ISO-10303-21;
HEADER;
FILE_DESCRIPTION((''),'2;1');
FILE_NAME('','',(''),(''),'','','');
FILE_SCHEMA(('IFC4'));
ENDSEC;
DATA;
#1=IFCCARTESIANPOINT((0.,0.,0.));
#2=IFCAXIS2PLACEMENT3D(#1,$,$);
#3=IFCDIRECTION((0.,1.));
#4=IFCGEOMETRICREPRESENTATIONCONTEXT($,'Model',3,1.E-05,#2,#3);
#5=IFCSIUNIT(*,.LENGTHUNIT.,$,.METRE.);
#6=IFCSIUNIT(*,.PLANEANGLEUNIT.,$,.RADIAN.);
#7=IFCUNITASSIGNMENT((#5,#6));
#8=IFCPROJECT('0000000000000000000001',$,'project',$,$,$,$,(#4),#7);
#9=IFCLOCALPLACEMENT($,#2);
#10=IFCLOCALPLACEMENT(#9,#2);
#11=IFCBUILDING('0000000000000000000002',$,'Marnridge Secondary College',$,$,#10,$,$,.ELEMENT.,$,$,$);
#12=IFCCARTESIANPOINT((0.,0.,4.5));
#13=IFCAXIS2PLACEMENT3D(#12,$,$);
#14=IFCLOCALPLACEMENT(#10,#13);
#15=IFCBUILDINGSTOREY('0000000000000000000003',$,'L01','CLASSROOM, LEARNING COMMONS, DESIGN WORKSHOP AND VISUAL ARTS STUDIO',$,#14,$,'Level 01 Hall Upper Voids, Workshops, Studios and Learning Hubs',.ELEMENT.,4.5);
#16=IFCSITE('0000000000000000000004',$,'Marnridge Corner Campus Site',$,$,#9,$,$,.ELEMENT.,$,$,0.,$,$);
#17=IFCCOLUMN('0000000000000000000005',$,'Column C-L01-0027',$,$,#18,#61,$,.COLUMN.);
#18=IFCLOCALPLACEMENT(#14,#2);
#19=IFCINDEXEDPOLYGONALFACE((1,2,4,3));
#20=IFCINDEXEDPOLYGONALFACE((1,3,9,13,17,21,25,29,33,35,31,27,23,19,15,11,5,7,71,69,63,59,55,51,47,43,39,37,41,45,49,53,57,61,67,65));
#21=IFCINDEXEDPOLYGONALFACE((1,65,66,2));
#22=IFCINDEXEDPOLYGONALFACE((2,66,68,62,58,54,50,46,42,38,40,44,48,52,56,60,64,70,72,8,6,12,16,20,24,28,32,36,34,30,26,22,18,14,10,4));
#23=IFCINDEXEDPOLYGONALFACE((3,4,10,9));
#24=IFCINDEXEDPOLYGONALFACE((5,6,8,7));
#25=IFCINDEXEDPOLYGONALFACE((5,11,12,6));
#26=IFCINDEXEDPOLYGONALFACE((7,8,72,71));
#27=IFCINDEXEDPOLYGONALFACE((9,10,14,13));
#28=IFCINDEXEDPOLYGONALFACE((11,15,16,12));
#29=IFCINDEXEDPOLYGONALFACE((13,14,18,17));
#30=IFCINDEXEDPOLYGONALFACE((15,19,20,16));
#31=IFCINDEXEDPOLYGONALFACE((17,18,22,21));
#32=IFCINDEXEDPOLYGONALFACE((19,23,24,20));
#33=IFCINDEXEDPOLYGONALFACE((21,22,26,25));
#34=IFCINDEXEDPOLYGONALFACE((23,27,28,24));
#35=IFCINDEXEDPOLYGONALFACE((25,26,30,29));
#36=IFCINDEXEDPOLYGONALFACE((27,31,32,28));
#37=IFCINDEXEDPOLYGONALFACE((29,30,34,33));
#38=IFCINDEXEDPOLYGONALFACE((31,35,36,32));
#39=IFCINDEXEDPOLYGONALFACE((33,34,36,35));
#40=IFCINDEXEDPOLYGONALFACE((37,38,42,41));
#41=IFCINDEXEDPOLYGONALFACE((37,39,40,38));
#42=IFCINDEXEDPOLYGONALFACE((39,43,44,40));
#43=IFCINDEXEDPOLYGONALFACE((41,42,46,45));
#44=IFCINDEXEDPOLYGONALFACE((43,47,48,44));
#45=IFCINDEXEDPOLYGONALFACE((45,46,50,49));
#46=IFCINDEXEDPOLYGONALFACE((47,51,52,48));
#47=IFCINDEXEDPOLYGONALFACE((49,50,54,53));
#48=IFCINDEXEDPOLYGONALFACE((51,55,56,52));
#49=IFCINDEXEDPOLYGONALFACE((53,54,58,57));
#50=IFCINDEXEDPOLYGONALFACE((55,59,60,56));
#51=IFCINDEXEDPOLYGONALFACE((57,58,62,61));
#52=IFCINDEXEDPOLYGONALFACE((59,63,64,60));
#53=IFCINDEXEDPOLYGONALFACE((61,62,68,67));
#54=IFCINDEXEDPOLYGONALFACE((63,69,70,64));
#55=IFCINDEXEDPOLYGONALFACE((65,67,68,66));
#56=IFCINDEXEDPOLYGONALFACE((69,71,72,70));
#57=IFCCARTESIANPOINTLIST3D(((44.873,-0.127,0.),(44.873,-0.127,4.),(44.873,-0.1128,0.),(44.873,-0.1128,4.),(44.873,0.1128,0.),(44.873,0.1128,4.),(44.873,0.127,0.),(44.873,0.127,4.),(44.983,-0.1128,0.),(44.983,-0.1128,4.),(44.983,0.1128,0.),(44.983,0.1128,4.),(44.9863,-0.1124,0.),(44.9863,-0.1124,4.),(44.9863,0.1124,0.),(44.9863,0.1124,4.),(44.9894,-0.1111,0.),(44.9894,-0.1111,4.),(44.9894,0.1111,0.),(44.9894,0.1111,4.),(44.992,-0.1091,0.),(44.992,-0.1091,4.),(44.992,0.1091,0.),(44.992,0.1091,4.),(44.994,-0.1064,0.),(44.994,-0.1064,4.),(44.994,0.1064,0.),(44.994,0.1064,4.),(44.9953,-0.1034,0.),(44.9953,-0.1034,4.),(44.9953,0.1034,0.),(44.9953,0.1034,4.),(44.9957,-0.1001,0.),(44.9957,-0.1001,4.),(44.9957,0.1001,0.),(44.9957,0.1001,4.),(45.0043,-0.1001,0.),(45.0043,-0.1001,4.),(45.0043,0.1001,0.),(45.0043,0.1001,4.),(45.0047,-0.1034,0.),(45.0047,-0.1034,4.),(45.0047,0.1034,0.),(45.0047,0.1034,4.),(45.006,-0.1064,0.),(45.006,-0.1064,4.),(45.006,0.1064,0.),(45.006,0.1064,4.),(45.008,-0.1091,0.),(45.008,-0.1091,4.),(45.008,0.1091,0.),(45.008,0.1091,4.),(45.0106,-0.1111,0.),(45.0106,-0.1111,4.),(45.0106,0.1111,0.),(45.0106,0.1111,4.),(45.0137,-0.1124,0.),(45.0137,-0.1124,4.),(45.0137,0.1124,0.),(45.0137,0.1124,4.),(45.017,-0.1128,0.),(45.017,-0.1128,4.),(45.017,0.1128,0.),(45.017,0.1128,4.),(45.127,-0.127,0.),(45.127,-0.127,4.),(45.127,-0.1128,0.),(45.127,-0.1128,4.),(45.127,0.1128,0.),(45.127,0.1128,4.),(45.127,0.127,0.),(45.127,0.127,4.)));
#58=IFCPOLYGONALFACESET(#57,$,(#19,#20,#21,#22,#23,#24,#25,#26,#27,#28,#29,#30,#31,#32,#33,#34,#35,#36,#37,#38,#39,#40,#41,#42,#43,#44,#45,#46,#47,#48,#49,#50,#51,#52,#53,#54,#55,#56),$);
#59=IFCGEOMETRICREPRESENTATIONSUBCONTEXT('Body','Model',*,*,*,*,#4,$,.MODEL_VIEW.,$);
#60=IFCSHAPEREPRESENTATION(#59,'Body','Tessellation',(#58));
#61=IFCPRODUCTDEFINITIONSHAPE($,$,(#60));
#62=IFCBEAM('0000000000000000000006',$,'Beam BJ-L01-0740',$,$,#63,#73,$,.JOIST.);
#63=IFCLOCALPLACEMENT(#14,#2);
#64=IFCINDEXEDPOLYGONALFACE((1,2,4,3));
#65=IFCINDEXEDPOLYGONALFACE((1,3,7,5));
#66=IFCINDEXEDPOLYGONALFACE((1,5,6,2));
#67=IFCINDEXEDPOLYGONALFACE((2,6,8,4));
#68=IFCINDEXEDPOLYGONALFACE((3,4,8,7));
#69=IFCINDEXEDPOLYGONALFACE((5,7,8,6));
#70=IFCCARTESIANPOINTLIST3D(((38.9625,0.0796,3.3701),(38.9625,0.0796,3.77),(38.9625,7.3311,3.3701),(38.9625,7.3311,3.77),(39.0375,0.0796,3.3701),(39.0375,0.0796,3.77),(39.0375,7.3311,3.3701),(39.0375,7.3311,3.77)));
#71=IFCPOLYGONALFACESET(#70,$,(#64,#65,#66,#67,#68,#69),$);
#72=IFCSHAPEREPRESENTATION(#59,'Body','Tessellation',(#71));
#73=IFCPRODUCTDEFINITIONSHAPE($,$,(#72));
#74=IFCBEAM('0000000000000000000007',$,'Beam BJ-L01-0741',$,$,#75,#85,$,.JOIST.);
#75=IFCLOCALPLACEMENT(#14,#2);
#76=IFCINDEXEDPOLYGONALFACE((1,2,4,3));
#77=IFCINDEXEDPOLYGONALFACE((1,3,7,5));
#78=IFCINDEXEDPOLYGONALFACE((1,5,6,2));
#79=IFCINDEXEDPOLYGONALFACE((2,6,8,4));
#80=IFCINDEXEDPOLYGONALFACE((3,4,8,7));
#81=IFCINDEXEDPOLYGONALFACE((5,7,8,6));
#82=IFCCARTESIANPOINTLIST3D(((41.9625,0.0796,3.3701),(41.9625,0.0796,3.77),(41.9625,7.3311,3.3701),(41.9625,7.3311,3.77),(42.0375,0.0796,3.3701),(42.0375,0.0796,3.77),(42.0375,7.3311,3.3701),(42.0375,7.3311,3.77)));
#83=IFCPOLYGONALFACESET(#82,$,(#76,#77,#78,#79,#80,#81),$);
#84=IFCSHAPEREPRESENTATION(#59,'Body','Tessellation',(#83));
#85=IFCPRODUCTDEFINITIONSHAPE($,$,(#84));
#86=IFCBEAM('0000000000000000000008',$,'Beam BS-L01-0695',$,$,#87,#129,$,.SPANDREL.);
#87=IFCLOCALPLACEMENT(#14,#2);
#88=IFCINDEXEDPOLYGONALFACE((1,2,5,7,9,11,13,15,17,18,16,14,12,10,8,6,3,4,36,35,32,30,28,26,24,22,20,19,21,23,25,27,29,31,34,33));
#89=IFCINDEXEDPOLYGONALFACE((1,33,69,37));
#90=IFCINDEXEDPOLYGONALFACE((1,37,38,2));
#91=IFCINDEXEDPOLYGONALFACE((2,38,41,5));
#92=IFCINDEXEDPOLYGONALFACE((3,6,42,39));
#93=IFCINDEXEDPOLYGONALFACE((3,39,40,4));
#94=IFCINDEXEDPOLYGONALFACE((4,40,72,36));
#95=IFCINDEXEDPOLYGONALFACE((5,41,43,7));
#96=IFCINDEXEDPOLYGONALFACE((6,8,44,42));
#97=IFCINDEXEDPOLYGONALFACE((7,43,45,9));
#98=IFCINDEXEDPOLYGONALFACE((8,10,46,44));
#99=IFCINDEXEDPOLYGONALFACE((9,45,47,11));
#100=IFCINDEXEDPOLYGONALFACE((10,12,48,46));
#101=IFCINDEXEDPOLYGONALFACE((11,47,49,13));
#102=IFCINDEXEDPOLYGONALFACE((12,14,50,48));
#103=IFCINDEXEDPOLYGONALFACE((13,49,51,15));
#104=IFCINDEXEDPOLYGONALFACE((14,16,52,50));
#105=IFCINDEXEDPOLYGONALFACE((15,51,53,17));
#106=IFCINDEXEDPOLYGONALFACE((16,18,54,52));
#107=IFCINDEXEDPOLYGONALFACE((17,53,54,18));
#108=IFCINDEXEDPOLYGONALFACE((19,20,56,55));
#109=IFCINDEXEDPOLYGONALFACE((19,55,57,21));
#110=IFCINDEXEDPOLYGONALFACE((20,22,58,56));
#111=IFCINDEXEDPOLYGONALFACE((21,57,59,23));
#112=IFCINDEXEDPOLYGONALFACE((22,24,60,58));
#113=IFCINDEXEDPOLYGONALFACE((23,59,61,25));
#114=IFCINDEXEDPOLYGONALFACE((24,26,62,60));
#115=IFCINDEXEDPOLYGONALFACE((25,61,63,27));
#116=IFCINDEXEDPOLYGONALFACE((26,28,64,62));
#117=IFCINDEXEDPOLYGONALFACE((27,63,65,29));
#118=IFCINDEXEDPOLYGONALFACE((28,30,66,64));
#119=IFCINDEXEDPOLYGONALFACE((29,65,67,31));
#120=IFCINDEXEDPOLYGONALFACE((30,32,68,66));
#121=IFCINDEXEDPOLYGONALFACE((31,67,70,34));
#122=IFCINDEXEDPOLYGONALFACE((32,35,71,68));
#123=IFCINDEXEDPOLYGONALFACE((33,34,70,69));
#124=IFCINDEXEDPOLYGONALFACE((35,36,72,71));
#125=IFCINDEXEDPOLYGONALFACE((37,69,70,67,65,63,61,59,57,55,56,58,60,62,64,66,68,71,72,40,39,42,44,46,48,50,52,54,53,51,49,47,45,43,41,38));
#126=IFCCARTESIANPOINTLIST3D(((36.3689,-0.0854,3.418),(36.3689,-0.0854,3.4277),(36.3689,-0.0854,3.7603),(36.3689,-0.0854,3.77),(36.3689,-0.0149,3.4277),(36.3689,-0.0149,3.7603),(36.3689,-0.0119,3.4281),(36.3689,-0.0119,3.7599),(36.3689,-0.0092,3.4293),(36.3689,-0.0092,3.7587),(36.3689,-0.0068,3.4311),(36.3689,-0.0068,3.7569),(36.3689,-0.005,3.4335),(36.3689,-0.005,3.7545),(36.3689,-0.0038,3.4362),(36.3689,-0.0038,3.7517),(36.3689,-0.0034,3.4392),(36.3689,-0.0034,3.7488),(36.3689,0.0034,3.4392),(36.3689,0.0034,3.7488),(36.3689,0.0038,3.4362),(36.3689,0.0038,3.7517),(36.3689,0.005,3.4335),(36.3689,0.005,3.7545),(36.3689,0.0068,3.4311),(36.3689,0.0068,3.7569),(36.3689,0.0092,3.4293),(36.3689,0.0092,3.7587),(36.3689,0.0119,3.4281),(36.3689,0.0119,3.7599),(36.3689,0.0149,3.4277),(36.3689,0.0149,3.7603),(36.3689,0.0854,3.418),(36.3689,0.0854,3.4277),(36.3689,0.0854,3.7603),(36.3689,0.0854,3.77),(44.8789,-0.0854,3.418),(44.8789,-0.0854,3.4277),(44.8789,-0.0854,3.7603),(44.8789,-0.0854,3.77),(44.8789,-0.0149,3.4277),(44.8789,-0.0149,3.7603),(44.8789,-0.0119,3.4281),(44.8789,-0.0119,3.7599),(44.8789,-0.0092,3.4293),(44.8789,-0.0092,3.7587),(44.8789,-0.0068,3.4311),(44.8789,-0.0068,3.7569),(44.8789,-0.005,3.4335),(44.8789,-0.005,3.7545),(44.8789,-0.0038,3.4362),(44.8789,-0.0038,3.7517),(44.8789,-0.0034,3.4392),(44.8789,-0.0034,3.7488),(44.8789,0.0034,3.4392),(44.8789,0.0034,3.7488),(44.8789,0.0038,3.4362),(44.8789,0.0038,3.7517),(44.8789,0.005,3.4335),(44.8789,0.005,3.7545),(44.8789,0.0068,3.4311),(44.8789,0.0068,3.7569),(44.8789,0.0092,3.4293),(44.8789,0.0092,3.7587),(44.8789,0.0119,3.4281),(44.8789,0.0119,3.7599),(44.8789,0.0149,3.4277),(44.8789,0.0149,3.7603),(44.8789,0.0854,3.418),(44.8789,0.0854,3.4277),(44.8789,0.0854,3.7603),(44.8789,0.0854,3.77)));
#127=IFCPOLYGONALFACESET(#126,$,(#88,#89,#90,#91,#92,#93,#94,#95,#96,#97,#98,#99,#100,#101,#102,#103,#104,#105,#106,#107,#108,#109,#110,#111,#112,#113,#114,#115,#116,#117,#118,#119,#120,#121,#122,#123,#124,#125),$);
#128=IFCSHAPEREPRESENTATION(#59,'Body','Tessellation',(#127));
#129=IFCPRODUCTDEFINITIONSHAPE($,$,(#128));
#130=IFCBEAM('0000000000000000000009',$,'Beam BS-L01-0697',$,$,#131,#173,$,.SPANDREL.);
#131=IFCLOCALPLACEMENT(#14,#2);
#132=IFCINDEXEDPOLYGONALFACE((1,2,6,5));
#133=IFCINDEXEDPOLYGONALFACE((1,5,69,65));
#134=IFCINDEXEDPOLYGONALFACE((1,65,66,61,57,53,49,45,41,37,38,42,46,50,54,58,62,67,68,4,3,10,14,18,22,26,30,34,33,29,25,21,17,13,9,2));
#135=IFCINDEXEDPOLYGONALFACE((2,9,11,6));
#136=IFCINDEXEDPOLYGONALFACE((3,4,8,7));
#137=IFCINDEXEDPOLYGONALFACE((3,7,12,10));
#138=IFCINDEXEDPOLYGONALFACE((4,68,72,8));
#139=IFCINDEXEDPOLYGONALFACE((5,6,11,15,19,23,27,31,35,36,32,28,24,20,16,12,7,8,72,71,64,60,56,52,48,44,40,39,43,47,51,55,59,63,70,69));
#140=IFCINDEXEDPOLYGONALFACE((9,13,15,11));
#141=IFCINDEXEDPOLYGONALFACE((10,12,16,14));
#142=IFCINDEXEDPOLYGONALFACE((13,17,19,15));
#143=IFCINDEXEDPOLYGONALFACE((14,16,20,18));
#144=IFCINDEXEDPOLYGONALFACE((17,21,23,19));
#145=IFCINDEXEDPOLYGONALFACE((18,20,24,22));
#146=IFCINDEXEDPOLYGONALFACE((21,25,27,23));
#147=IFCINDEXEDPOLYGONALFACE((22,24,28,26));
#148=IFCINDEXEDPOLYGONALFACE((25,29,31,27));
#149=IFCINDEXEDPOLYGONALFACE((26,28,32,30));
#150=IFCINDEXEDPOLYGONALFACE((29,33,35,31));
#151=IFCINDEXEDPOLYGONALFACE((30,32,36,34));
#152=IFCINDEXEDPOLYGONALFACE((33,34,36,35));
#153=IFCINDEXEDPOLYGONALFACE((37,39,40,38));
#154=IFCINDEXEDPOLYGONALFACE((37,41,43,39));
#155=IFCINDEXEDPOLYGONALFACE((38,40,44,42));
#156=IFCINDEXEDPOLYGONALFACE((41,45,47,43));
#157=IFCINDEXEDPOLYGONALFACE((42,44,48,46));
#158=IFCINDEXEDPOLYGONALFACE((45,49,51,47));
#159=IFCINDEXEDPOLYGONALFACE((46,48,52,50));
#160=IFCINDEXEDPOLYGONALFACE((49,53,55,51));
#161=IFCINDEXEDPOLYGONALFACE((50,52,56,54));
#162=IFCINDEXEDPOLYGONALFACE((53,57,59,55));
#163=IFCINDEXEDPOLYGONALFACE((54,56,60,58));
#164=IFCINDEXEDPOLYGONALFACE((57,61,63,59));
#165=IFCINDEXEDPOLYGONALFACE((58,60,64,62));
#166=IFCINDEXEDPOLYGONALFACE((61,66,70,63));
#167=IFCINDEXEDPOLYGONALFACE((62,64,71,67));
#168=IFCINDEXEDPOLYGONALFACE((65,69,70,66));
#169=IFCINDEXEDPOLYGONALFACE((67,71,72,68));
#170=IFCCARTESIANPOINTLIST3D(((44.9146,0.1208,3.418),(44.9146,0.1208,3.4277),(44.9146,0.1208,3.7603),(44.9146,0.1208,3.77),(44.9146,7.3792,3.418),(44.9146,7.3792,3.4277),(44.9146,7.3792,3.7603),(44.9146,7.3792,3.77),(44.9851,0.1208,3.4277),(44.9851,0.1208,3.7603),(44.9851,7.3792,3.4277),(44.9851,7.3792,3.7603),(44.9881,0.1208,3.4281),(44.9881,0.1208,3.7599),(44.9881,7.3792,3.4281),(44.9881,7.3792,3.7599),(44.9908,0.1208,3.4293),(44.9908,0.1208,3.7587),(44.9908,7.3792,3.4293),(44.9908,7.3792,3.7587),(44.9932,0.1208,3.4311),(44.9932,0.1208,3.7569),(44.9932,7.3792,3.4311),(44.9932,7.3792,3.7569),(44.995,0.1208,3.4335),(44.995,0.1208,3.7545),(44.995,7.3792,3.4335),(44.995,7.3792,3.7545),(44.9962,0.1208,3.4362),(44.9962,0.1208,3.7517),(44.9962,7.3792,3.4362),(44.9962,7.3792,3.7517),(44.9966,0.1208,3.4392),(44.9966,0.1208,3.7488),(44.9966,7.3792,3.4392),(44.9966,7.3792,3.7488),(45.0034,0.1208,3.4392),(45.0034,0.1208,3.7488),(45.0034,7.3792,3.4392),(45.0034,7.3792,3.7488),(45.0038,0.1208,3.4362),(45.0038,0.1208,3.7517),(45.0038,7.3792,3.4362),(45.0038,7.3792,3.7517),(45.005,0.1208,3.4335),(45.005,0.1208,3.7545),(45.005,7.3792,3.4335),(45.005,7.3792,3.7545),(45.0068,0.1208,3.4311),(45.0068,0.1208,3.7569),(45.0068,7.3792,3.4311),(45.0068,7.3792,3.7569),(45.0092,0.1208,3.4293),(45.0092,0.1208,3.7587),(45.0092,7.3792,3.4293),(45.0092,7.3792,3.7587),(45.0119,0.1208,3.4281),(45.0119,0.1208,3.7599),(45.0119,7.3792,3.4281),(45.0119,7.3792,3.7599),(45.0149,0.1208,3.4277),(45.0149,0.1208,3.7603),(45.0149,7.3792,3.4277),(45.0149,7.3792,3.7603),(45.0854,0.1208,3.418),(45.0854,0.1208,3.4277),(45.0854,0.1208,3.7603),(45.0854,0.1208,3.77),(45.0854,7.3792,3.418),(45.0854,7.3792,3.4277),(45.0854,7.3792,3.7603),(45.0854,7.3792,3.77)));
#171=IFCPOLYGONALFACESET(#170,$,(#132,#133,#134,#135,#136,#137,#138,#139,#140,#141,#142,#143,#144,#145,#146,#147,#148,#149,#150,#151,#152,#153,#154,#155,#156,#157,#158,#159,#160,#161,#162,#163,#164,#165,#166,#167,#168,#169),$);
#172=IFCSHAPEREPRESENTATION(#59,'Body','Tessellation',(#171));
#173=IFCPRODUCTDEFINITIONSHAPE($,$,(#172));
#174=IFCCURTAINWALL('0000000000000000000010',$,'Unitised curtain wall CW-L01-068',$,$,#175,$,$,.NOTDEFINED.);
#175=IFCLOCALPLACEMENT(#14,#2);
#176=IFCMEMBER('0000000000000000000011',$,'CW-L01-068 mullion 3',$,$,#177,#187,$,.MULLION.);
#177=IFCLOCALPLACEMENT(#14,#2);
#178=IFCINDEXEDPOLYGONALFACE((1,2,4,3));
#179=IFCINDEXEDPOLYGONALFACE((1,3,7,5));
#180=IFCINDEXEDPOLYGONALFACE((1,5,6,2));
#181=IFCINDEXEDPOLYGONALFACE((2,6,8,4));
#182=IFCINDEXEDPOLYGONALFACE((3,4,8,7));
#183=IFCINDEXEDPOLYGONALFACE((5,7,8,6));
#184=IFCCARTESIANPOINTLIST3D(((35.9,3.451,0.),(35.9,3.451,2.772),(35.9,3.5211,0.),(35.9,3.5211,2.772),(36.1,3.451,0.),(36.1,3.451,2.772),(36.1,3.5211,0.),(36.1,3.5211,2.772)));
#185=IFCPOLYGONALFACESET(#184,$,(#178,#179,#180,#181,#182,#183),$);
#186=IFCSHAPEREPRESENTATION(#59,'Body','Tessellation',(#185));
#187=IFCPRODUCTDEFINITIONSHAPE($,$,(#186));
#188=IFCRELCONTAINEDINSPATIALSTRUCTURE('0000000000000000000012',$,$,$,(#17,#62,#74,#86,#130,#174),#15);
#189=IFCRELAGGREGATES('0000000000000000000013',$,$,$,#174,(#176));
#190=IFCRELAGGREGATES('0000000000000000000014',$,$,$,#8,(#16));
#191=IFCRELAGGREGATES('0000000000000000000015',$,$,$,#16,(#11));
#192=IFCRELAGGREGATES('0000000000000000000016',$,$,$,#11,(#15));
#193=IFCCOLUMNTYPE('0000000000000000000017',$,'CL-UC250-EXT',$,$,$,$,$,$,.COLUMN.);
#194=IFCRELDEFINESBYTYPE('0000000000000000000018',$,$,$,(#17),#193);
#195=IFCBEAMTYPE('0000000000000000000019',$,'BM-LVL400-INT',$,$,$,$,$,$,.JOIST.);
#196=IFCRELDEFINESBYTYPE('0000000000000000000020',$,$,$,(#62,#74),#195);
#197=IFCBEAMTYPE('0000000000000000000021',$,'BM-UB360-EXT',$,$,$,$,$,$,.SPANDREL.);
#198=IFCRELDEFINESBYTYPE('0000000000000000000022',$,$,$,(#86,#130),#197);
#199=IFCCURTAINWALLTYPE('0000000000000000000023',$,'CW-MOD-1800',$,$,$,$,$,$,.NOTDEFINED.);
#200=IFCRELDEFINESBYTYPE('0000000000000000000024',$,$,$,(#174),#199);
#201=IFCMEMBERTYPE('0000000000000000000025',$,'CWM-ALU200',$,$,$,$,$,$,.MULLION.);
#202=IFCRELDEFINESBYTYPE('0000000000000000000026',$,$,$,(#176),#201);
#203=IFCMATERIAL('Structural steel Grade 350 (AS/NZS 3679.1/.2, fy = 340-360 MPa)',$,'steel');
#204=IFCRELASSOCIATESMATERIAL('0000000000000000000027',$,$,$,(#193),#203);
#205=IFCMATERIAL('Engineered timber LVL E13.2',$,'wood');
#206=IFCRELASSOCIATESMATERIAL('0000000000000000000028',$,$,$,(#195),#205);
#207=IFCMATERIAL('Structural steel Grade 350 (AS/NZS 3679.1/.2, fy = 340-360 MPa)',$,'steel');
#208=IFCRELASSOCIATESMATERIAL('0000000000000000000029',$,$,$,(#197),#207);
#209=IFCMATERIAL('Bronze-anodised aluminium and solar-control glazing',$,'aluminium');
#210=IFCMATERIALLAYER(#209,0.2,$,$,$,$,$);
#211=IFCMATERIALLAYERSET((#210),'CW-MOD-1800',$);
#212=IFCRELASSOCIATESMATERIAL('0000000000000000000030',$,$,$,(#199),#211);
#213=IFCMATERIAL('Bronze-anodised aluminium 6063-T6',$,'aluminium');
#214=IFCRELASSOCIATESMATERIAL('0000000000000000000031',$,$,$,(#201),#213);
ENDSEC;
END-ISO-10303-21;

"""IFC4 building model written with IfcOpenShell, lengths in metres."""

from ifc_helpers import new_model, si_unit, direction, frame, origin, origin_2d, place, context, subcontext, project, spatial, rectangle, i_section, extrude, material, layer, layer_set, material_profile, profile_set, type_object, element, aggregate, save


model = new_model("IFC4")

# Units and contexts
model_context = context("Model", 3, precision=1e-05, world=origin(), true_north=direction((0.0, 1.0)))
body_context = subcontext(model_context, "Body", "Model", "MODEL_VIEW")
ifc_project = project(units=[si_unit("LENGTHUNIT", "METRE"), si_unit("PLANEANGLEUNIT", "RADIAN")], contexts=[model_context])

# Site, building, storey
site_placement = place(None, origin())
site = spatial("IfcSite", under=ifc_project, at=site_placement, Name="Marnridge Corner Campus Site", CompositionType="ELEMENT", RefElevation=0.0)
building_placement = place(site_placement, origin())
building = spatial("IfcBuilding", under=site, at=building_placement, Name="Marnridge Secondary College", CompositionType="ELEMENT")
storey_placement = place(building_placement, frame((0.0, 0.0, 4.5)))
storey = spatial("IfcBuildingStorey", under=building, at=storey_placement, Name="L01", Description="CLASSROOM, LEARNING COMMONS, DESIGN WORKSHOP AND VISUAL ARTS STUDIO", LongName="Level 01 Hall Upper Voids, Workshops, Studios and Learning Hubs", CompositionType="ELEMENT", Elevation=4.5)

# Column
ifc_material_1 = material(Name="Structural steel Grade 350 (AS/NZS 3679.1/.2, fy = 340-360 MPa)", Category="steel")
ifc_material_profile_1 = material_profile(ifc_material_1, i_section(OverallWidth=0.2539, OverallDepth=0.2539, WebThickness=0.0085, FlangeThickness=0.0142, FilletRadius=0.0127, at=origin_2d()), Name="250UC72.9")
ifc_profile_set_1 = profile_set([ifc_material_profile_1], Name="Structural steel Grade 350 (AS/NZS 3679.1/.2, fy = 340-360 MPa)")
column_type = type_object("IfcColumnType", Name="CL-UC250-EXT", PredefinedType="COLUMN", material=ifc_profile_set_1)
column_placement = place(storey_placement, frame((45.0, 0.0, 0.0), z_axis=(0.0, 0.0, 1.0), x_axis=(1.0, 0.0, 0.0)))
element("IfcColumn", 1, at=column_placement, inside=storey, type_object=column_type, Name="Column C-L01-0027", PredefinedType="COLUMN", context=body_context, shape_type="SweptSolid", body=[
    extrude(i_section(OverallWidth=0.2539, OverallDepth=0.2539, WebThickness=0.0085, FlangeThickness=0.0142, FilletRadius=0.0127, at=origin_2d()), origin(), (0.0, 0.0, 1.0), 4.0),
])

# Beams
ifc_material_2 = material(Name="Engineered timber LVL E13.2", Category="wood")
ifc_material_profile_2 = material_profile(ifc_material_2, rectangle(XDim=0.075, YDim=0.3999, at=origin_2d()), Name="LVL 75x400")
ifc_profile_set_2 = profile_set([ifc_material_profile_2], Name="Engineered timber LVL E13.2")
beam_type_1 = type_object("IfcBeamType", Name="BM-LVL400-INT", PredefinedType="JOIST", material=ifc_profile_set_2)
for number, where, z_axis, x_axis, name in (
    (2, (39.0, 0.0796, 3.5701), (0.0, 1.0, 0.0), (-1.0, 0.0, 0.0), "Beam BJ-L01-0740"),
    (3, (42.0, 0.0796, 3.5701), (0.0, 1.0, 0.0), (-1.0, 0.0, 0.0), "Beam BJ-L01-0741"),
):
    element("IfcBeam", number, at=place(storey_placement, frame(where, z_axis=z_axis, x_axis=x_axis)), inside=storey, type_object=beam_type_1, Name=name, PredefinedType="JOIST", context=body_context, shape_type="SweptSolid", body=[
        extrude(rectangle(XDim=0.075, YDim=0.3999, at=origin_2d()), origin(), (0.0, 0.0, 1.0), 7.2515),
    ])
ifc_material_3 = material(Name="Structural steel Grade 350 (AS/NZS 3679.1/.2, fy = 340-360 MPa)", Category="steel")
ifc_material_profile_3 = material_profile(ifc_material_3, i_section(OverallWidth=0.1709, OverallDepth=0.3521, WebThickness=0.0068, FlangeThickness=0.0098, FilletRadius=0.0115, at=origin_2d()), Name="360UB44.7")
ifc_profile_set_3 = profile_set([ifc_material_profile_3], Name="Structural steel Grade 350 (AS/NZS 3679.1/.2, fy = 340-360 MPa)")
beam_type_2 = type_object("IfcBeamType", Name="BM-UB360-EXT", PredefinedType="SPANDREL", material=ifc_profile_set_3)
beam_1_placement = place(storey_placement, frame((36.3689, 0.0, 3.594), z_axis=(1.0, 0.0, 0.0), x_axis=(0.0, 1.0, 0.0)))
element("IfcBeam", 4, at=beam_1_placement, inside=storey, type_object=beam_type_2, Name="Beam BS-L01-0695", PredefinedType="SPANDREL", context=body_context, shape_type="SweptSolid", body=[
    extrude(i_section(OverallWidth=0.1709, OverallDepth=0.3521, WebThickness=0.0068, FlangeThickness=0.0098, FilletRadius=0.0115, at=origin_2d()), origin(), (0.0, 0.0, 1.0), 8.51),
])
beam_2_placement = place(storey_placement, frame((45.0, 0.1208, 3.594), z_axis=(0.0, 1.0, 0.0), x_axis=(-1.0, 0.0, 0.0)))
element("IfcBeam", 5, at=beam_2_placement, inside=storey, type_object=beam_type_2, Name="Beam BS-L01-0697", PredefinedType="SPANDREL", context=body_context, shape_type="SweptSolid", body=[
    extrude(i_section(OverallWidth=0.1709, OverallDepth=0.3521, WebThickness=0.0068, FlangeThickness=0.0098, FilletRadius=0.0115, at=origin_2d()), origin(), (0.0, 0.0, 1.0), 7.2583),
])

# Curtain wall, member
ifc_material_4 = material(Name="Bronze-anodised aluminium and solar-control glazing", Category="aluminium")
ifc_layer_1 = layer(ifc_material_4, 0.2)
ifc_layer_set_1 = layer_set([ifc_layer_1], Name="CW-MOD-1800")
curtain_wall_type = type_object("IfcCurtainWallType", Name="CW-MOD-1800", PredefinedType="NOTDEFINED", material=ifc_layer_set_1)
curtain_wall_placement = place(storey_placement, origin())
curtain_wall = element("IfcCurtainWall", 6, at=curtain_wall_placement, inside=storey, type_object=curtain_wall_type, Name="Unitised curtain wall CW-L01-068", PredefinedType="NOTDEFINED")
ifc_material_5 = material(Name="Bronze-anodised aluminium 6063-T6", Category="aluminium")
ifc_material_profile_4 = material_profile(ifc_material_5, rectangle(XDim=0.0701, YDim=0.2, at=origin_2d()), Name="ALU 70x200")
ifc_profile_set_4 = profile_set([ifc_material_profile_4], Name="Bronze-anodised aluminium 6063-T6")
member_type_1 = type_object("IfcMemberType", Name="CWM-ALU200", PredefinedType="MULLION", material=ifc_profile_set_4)
member_1_placement = place(storey_placement, frame((36.0, 3.4861, 0.0), z_axis=(0.0, 0.0, 1.0), x_axis=(0.0, -1.0, 0.0)))
member_1 = element("IfcMember", 7, at=member_1_placement, type_object=member_type_1, Name="CW-L01-068 mullion 3", PredefinedType="MULLION", context=body_context, shape_type="SweptSolid", body=[
    extrude(rectangle(XDim=0.0701, YDim=0.2, at=origin_2d()), origin(), (0.0, 0.0, 1.0), 2.772),
])

aggregate(curtain_wall, [member_1])

save(model, "model.ifc")
